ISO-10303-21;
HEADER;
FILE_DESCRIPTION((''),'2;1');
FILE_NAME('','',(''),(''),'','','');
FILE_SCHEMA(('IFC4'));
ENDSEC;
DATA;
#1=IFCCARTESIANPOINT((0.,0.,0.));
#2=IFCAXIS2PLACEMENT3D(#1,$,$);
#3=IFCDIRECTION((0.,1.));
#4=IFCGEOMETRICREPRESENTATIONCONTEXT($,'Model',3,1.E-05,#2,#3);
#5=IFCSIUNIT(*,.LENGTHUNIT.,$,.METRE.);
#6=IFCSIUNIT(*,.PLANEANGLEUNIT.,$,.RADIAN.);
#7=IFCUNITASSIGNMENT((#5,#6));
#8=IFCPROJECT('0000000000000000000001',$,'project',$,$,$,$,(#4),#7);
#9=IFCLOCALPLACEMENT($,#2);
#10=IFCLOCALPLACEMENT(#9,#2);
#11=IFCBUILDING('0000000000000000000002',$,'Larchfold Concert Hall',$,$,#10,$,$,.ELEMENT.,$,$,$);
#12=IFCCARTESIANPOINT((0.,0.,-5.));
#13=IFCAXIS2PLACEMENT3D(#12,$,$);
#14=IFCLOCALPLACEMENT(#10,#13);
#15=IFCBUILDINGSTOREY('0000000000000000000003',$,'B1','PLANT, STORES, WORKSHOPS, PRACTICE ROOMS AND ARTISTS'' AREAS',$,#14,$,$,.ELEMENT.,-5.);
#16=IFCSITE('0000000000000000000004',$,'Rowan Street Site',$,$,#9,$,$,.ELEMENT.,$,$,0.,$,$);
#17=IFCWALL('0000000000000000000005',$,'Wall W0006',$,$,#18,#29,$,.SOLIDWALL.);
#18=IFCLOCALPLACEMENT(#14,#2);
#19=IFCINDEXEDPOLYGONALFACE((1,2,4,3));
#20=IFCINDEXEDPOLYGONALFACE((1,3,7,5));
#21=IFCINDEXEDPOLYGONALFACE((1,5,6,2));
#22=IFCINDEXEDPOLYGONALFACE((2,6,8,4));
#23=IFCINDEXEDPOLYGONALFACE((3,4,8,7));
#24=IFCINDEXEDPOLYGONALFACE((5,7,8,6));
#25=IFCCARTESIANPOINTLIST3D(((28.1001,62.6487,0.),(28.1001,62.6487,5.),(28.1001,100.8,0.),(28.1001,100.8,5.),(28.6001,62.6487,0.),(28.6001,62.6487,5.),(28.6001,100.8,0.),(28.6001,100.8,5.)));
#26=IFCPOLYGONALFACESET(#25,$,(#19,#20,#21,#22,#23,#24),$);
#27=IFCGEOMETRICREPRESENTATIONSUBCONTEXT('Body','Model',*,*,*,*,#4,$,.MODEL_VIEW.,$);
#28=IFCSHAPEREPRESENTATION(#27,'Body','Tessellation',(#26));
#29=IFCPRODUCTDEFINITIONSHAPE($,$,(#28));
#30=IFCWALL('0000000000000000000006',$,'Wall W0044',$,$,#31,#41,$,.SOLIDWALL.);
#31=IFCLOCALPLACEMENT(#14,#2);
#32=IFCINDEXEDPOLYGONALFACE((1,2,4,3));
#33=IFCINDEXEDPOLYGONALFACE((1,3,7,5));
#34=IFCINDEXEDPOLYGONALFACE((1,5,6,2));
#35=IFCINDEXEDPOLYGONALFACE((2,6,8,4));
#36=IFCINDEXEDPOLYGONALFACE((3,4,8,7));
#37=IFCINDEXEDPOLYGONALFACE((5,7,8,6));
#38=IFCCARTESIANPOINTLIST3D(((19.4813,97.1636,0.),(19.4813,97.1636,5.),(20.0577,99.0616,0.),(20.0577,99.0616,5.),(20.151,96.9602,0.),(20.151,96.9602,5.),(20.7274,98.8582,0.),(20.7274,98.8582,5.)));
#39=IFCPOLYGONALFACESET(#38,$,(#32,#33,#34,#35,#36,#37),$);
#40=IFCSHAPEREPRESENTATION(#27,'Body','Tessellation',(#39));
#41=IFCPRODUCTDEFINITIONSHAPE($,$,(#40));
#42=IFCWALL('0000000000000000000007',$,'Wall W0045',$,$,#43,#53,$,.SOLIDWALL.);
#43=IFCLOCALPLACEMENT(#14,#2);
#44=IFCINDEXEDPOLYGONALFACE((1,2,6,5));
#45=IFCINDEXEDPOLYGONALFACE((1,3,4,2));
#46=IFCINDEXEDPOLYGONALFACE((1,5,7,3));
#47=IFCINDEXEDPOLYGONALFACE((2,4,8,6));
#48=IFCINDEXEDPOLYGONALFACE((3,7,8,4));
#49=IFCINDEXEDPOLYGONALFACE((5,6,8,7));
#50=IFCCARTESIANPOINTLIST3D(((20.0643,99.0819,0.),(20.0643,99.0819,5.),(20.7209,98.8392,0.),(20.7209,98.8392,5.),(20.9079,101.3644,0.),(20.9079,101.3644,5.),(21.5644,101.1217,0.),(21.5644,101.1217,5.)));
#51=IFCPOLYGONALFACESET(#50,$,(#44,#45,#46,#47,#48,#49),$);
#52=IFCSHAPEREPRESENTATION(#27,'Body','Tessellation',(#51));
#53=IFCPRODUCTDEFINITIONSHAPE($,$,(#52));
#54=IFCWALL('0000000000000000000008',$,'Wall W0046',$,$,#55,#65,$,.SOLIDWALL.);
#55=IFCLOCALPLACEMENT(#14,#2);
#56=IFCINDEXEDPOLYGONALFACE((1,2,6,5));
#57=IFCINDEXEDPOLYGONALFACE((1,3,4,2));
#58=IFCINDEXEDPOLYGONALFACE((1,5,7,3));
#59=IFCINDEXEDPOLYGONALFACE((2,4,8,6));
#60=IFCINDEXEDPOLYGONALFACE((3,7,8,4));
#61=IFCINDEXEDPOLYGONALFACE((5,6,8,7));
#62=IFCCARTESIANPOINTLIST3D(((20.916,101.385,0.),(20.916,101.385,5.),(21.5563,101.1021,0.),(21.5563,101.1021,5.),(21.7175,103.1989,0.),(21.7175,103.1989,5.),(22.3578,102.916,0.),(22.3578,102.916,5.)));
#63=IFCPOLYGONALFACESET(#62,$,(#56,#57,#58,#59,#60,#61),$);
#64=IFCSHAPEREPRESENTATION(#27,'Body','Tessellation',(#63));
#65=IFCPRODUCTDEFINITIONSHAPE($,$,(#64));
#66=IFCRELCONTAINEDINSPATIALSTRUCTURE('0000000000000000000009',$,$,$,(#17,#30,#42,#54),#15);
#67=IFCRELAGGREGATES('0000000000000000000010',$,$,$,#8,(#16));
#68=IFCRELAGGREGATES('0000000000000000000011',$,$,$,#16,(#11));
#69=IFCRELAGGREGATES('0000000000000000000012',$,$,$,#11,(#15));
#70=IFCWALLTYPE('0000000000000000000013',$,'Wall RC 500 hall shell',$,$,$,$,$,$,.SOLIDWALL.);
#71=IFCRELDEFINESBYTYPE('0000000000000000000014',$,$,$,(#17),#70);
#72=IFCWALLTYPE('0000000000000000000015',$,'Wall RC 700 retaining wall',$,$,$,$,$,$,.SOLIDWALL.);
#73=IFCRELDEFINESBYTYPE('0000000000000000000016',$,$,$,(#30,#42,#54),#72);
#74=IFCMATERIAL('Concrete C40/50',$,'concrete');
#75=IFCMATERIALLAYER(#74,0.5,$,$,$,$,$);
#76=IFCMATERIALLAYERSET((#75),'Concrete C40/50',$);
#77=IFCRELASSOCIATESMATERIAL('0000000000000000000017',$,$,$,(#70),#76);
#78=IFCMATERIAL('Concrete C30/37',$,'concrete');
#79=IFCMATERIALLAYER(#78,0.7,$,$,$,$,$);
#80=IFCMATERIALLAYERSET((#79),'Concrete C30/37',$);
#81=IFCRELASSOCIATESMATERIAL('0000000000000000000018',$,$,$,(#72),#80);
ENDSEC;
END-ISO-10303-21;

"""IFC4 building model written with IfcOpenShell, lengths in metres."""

from ifc_helpers import new_model, si_unit, direction, frame, frame_2d, origin, place, context, subcontext, project, spatial, rectangle, extrude, material, layer, layer_set, type_object, element, save


model = new_model("IFC4")

# Units and contexts
model_context = context("Model", 3, precision=1e-05, world=origin(), true_north=direction((0.0, 1.0)))
body_context = subcontext(model_context, "Body", "Model", "MODEL_VIEW")
ifc_project = project(units=[si_unit("LENGTHUNIT", "METRE"), si_unit("PLANEANGLEUNIT", "RADIAN")], contexts=[model_context])

# Site, building, storey
site_placement = place(None, origin())
site = spatial("IfcSite", under=ifc_project, at=site_placement, Name="Rowan Street Site", CompositionType="ELEMENT", RefElevation=0.0)
building_placement = place(site_placement, origin())
building = spatial("IfcBuilding", under=site, at=building_placement, Name="Larchfold Concert Hall", CompositionType="ELEMENT")
storey_placement = place(building_placement, frame((0.0, 0.0, -5.0)))
storey = spatial("IfcBuildingStorey", under=building, at=storey_placement, Name="B1", Description="PLANT, STORES, WORKSHOPS, PRACTICE ROOMS AND ARTISTS' AREAS", CompositionType="ELEMENT", Elevation=-5.0)

# Walls
ifc_material_1 = material(Name="Concrete C40/50", Category="concrete")
ifc_layer_1 = layer(ifc_material_1, 0.5)
ifc_layer_set_1 = layer_set([ifc_layer_1], Name="Concrete C40/50")
wall_type_1 = type_object("IfcWallType", Name="Wall RC 500 hall shell", PredefinedType="SOLIDWALL", material=ifc_layer_set_1)
wall_1_placement = place(storey_placement, frame((28.3501, 100.8, 0.0), z_axis=(0.0, 0.0, 1.0), x_axis=(0.0, -1.0, 0.0)))
element("IfcWall", 1, at=wall_1_placement, inside=storey, type_object=wall_type_1, Name="Wall W0006", PredefinedType="SOLIDWALL", context=body_context, shape_type="SweptSolid", body=[
    extrude(rectangle(XDim=38.1514, YDim=0.5, at=frame_2d((19.0757, 0.0))), origin(), (0.0, 0.0, 1.0), 5.0),
])
ifc_material_2 = material(Name="Concrete C30/37", Category="concrete")
ifc_layer_2 = layer(ifc_material_2, 0.7)
ifc_layer_set_2 = layer_set([ifc_layer_2], Name="Concrete C30/37")
wall_type_2 = type_object("IfcWallType", Name="Wall RC 700 retaining wall", PredefinedType="SOLIDWALL", material=ifc_layer_set_2)
wall_2_placement = place(storey_placement, frame((19.8162, 97.062, 0.0), z_axis=(0.0, 0.0, 1.0), x_axis=(0.290598, 0.956845, 0.0)))
element("IfcWall", 2, at=wall_2_placement, inside=storey, type_object=wall_type_2, Name="Wall W0044", PredefinedType="SOLIDWALL", context=body_context, shape_type="SweptSolid", body=[
    extrude(rectangle(XDim=1.9836, YDim=0.7, at=frame_2d((0.9917, 0.0))), origin(), (0.0, 0.0, 1.0), 5.0),
])
wall_3_placement = place(storey_placement, frame((20.3926, 98.9604, 0.0), z_axis=(0.0, 0.0, 1.0), x_axis=(0.346644, 0.937997, 0.0)))
element("IfcWall", 3, at=wall_3_placement, inside=storey, type_object=wall_type_2, Name="Wall W0045", PredefinedType="SOLIDWALL", context=body_context, shape_type="SweptSolid", body=[
    extrude(rectangle(XDim=2.4333, YDim=0.7, at=frame_2d((1.2168, 0.0))), origin(), (0.0, 0.0, 1.0), 5.0),
])
wall_4_placement = place(storey_placement, frame((21.2361, 101.2434, 0.0), z_axis=(0.0, 0.0, 1.0), x_axis=(0.404161, 0.914688, 0.0)))
element("IfcWall", 4, at=wall_4_placement, inside=storey, type_object=wall_type_2, Name="Wall W0046", PredefinedType="SOLIDWALL", context=body_context, shape_type="SweptSolid", body=[
    extrude(rectangle(XDim=1.9832, YDim=0.7, at=frame_2d((0.9917, 0.0))), origin(), (0.0, 0.0, 1.0), 5.0),
])

save(model, "model.ifc")
